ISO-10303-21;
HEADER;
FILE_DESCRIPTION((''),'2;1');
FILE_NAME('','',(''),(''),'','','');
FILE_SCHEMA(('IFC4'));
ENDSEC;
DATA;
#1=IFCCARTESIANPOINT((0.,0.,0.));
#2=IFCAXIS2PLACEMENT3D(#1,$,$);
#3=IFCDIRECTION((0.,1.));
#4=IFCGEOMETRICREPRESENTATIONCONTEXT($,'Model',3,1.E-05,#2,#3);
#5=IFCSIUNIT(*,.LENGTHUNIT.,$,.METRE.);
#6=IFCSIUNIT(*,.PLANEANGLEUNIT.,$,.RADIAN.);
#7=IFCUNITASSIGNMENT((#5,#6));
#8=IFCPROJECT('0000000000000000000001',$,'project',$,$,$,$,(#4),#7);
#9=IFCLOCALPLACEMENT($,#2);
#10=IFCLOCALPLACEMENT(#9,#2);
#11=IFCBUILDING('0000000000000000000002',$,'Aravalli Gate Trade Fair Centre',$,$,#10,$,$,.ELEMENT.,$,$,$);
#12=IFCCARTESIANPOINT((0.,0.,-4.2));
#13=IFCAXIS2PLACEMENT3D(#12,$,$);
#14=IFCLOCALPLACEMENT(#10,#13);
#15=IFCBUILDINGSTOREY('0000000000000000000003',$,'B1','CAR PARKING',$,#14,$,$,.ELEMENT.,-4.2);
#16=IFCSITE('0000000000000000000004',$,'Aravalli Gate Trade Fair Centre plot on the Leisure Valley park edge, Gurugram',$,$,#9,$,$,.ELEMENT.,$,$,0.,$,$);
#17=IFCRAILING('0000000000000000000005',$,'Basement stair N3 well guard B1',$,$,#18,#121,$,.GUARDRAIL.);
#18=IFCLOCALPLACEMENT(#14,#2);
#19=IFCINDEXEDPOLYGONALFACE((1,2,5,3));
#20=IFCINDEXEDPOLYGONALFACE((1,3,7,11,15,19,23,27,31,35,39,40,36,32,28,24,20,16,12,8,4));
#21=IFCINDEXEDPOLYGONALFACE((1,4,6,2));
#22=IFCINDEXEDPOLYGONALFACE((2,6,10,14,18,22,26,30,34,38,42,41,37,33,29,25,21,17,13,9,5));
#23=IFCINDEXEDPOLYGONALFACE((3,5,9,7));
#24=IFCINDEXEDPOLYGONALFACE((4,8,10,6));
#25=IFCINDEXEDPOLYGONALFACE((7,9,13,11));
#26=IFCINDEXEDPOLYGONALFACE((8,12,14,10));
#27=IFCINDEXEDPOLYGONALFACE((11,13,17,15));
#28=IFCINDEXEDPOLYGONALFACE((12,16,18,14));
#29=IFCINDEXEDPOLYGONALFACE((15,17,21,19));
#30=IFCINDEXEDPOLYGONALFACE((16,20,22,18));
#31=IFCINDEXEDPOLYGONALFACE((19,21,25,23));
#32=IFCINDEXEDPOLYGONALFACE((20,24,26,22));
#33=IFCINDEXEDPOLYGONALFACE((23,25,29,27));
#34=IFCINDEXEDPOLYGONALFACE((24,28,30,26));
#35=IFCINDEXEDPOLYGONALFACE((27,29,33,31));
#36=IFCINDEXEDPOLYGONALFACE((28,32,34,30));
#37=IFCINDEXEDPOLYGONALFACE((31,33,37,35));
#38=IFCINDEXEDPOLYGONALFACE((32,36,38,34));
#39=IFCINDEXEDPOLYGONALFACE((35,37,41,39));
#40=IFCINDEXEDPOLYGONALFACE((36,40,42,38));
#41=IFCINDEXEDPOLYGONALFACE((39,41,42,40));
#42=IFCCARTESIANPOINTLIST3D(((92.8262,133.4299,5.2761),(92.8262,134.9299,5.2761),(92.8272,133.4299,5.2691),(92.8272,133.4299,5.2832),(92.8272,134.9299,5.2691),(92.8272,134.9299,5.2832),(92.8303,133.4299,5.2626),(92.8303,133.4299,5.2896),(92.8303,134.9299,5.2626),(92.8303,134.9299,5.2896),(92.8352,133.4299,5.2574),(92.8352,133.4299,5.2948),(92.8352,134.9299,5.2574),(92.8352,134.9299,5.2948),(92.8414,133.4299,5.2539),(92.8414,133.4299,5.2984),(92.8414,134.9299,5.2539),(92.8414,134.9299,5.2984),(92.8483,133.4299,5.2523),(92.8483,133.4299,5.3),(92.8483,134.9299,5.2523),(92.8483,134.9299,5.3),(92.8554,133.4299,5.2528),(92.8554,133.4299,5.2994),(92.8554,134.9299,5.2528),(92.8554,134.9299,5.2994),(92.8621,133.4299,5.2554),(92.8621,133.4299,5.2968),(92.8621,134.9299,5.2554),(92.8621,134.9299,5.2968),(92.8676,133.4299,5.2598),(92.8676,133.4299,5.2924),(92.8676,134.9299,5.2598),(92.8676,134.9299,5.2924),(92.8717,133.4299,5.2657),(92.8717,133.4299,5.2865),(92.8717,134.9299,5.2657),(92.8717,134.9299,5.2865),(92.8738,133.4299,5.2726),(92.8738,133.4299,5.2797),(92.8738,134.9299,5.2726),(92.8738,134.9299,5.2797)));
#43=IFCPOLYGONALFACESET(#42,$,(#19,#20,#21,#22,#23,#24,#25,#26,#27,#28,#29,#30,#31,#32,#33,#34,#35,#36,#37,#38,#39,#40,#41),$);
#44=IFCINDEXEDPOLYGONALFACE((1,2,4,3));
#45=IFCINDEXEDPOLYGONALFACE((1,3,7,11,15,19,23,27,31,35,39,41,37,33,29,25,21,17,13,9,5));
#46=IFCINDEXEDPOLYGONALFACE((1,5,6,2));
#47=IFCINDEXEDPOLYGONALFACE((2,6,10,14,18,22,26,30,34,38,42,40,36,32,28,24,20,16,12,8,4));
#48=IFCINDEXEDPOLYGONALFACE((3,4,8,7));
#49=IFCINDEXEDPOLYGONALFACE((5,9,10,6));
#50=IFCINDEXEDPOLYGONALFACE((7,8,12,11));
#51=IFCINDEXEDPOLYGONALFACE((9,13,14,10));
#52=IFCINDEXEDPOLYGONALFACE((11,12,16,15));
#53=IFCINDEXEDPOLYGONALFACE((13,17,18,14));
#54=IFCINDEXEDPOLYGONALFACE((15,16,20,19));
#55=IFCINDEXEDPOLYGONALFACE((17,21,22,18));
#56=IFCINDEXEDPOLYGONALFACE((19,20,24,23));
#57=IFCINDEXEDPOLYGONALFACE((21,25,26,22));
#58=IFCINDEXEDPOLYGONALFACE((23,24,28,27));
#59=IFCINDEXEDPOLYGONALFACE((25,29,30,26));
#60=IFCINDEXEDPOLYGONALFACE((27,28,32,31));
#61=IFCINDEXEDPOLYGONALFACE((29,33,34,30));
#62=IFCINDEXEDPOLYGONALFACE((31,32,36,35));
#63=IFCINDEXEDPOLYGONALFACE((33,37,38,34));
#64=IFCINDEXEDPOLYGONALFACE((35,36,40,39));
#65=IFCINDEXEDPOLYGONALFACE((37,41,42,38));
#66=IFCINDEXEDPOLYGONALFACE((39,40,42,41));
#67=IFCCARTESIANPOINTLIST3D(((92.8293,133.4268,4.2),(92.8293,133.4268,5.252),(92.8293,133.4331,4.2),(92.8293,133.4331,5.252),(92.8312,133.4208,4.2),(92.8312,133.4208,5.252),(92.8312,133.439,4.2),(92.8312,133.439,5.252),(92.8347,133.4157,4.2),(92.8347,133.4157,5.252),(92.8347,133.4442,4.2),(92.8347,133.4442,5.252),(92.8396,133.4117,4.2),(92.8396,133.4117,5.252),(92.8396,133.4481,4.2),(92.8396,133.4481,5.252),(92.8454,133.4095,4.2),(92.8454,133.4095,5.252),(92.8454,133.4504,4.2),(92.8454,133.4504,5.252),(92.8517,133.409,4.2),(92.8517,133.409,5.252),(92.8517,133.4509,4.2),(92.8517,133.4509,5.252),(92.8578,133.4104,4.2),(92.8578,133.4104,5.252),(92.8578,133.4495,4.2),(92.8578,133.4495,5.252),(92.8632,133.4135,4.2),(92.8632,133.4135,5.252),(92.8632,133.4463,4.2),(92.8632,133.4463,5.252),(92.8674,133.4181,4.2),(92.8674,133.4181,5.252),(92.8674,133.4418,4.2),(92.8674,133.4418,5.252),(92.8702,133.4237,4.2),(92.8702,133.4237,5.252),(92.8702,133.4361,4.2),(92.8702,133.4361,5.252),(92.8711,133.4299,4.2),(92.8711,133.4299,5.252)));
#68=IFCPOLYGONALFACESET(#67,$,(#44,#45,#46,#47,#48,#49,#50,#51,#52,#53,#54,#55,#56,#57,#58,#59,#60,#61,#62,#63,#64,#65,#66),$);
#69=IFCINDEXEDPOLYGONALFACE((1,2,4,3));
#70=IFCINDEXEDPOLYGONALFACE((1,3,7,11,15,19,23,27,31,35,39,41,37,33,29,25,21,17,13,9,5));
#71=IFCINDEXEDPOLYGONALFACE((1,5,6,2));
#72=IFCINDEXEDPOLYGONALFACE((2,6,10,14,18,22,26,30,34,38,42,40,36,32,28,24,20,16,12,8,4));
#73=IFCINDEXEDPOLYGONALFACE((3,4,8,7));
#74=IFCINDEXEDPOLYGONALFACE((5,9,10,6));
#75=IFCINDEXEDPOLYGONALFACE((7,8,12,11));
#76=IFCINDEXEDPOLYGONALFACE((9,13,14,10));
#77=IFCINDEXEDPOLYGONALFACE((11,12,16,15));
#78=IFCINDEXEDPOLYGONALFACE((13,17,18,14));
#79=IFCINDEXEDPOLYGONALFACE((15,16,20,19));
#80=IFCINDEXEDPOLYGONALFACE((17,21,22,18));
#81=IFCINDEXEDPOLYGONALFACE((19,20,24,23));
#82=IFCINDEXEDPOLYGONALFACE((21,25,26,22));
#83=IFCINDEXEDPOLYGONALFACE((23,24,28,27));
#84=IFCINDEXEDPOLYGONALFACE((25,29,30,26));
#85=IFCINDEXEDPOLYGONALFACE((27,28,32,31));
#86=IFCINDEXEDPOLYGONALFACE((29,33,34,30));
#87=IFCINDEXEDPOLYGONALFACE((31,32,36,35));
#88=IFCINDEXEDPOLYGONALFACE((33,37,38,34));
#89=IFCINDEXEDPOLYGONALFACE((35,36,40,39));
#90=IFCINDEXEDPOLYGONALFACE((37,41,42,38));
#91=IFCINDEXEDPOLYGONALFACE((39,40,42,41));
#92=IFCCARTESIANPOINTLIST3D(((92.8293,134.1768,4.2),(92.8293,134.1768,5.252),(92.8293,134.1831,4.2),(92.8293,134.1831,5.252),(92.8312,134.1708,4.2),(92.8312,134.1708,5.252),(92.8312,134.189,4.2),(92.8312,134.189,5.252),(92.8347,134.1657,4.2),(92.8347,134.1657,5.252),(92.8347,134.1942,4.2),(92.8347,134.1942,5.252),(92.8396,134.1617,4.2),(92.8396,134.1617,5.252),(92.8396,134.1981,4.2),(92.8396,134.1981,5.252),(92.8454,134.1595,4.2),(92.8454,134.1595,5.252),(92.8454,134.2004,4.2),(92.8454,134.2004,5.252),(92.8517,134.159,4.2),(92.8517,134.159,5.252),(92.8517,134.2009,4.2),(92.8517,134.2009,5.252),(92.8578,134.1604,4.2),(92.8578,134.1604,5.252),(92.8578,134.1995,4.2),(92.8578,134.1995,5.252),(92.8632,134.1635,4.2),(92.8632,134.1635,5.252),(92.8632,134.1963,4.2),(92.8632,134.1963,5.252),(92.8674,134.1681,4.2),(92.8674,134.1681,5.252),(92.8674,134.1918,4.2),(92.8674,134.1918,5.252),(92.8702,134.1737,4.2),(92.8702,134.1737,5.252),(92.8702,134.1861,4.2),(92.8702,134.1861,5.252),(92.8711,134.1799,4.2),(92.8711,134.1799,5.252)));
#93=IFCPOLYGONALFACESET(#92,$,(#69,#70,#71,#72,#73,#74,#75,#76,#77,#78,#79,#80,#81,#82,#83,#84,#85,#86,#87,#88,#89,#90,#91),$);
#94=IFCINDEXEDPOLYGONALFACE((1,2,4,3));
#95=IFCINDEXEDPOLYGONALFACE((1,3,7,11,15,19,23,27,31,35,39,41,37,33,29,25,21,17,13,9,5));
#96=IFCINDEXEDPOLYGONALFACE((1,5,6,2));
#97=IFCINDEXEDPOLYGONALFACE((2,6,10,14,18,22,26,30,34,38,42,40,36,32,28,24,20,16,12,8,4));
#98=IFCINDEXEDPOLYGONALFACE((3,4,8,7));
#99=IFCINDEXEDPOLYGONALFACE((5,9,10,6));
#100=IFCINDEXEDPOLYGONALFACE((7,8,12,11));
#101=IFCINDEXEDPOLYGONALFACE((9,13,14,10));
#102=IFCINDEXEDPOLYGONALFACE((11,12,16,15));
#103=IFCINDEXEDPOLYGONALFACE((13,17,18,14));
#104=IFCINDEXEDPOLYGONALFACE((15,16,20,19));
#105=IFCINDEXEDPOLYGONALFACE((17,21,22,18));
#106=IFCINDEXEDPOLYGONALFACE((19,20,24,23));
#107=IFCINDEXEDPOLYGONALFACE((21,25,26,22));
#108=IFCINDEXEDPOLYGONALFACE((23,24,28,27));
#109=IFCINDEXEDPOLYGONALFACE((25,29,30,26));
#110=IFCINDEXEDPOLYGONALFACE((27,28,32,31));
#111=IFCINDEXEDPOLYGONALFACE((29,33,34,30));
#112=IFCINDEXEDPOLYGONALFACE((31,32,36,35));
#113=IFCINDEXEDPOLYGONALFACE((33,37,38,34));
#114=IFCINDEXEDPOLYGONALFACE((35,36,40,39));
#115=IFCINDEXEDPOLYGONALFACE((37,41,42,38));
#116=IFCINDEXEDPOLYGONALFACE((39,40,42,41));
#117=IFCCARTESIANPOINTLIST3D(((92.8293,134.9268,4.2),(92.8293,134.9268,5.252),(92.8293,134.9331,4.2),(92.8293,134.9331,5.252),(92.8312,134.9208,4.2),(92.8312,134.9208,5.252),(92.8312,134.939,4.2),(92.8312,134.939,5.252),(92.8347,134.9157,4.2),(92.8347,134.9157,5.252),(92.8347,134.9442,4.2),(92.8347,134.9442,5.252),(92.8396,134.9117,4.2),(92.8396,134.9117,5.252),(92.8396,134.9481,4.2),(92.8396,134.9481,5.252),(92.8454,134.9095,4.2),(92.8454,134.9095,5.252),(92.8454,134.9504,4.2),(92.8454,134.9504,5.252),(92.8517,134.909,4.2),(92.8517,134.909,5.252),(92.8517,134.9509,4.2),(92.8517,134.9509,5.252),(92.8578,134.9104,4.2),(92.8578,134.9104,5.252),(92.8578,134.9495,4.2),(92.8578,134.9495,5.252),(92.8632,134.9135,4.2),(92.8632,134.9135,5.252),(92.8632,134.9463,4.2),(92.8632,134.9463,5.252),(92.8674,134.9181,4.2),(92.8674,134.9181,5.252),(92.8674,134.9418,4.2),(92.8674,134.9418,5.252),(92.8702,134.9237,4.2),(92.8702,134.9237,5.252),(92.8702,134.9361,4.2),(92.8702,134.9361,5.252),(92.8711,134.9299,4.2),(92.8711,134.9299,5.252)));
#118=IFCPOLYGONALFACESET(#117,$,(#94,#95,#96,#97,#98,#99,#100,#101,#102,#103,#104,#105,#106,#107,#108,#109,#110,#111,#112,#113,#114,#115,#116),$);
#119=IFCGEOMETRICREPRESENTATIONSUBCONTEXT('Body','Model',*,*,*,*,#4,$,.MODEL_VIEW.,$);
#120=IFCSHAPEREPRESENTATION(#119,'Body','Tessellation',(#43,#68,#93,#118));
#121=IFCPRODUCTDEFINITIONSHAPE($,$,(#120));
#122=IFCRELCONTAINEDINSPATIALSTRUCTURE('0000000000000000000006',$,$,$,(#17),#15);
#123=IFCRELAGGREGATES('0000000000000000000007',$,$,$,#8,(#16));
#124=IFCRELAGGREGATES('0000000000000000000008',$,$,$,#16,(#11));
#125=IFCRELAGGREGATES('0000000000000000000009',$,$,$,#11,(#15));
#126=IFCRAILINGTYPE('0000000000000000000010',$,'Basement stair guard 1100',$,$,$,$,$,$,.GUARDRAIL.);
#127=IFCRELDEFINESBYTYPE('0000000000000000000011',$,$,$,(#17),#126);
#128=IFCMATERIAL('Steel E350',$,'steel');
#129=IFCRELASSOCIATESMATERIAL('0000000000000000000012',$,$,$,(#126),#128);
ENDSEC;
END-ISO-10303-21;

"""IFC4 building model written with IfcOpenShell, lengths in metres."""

from ifc_helpers import new_model, si_unit, direction, frame, origin, origin_2d, place, context, subcontext, project, spatial, circle, extrude, material, type_object, element, save


model = new_model("IFC4")

# Units and contexts
model_context = context("Model", 3, precision=1e-05, world=origin(), true_north=direction((0.0, 1.0)))
body_context = subcontext(model_context, "Body", "Model", "MODEL_VIEW")
ifc_project = project(units=[si_unit("LENGTHUNIT", "METRE"), si_unit("PLANEANGLEUNIT", "RADIAN")], contexts=[model_context])

# Site, building, storey
site_placement = place(None, origin())
site = spatial("IfcSite", under=ifc_project, at=site_placement, Name="Aravalli Gate Trade Fair Centre plot on the Leisure Valley park edge, Gurugram", CompositionType="ELEMENT", RefElevation=0.0)
building_placement = place(site_placement, origin())
building = spatial("IfcBuilding", under=site, at=building_placement, Name="Aravalli Gate Trade Fair Centre", CompositionType="ELEMENT")
storey_placement = place(building_placement, frame((0.0, 0.0, -4.2)))
storey = spatial("IfcBuildingStorey", under=building, at=storey_placement, Name="B1", Description="CAR PARKING", CompositionType="ELEMENT", Elevation=-4.2)

# Railing
ifc_material_1 = material(Name="Steel E350", Category="steel")
railing_type_1 = type_object("IfcRailingType", Name="Basement stair guard 1100", PredefinedType="GUARDRAIL", material=ifc_material_1)
railing_1_placement = place(storey_placement, frame((92.8501, 133.4299, 4.2)))
element("IfcRailing", 1, at=railing_1_placement, inside=storey, type_object=railing_type_1, Name="Basement stair N3 well guard B1", PredefinedType="GUARDRAIL", context=body_context, shape_type="SweptSolid", body=[
    extrude(circle(Radius=0.0239, at=origin_2d()), frame((0.0, 0.0, 1.0762), z_axis=(0.0, 1.0, 0.0), x_axis=(-1.0, 0.0, 0.0)), (0.0, 0.0, 1.0), 1.5),
    extrude(circle(Radius=0.021, at=origin_2d()), origin(), (0.0, 0.0, 1.0), 1.052),
    extrude(circle(Radius=0.021, at=origin_2d()), frame((0.0, 0.75, 0.0)), (0.0, 0.0, 1.0), 1.052),
    extrude(circle(Radius=0.021, at=origin_2d()), frame((0.0, 1.5, 0.0)), (0.0, 0.0, 1.0), 1.052),
])

save(model, "model.ifc")
